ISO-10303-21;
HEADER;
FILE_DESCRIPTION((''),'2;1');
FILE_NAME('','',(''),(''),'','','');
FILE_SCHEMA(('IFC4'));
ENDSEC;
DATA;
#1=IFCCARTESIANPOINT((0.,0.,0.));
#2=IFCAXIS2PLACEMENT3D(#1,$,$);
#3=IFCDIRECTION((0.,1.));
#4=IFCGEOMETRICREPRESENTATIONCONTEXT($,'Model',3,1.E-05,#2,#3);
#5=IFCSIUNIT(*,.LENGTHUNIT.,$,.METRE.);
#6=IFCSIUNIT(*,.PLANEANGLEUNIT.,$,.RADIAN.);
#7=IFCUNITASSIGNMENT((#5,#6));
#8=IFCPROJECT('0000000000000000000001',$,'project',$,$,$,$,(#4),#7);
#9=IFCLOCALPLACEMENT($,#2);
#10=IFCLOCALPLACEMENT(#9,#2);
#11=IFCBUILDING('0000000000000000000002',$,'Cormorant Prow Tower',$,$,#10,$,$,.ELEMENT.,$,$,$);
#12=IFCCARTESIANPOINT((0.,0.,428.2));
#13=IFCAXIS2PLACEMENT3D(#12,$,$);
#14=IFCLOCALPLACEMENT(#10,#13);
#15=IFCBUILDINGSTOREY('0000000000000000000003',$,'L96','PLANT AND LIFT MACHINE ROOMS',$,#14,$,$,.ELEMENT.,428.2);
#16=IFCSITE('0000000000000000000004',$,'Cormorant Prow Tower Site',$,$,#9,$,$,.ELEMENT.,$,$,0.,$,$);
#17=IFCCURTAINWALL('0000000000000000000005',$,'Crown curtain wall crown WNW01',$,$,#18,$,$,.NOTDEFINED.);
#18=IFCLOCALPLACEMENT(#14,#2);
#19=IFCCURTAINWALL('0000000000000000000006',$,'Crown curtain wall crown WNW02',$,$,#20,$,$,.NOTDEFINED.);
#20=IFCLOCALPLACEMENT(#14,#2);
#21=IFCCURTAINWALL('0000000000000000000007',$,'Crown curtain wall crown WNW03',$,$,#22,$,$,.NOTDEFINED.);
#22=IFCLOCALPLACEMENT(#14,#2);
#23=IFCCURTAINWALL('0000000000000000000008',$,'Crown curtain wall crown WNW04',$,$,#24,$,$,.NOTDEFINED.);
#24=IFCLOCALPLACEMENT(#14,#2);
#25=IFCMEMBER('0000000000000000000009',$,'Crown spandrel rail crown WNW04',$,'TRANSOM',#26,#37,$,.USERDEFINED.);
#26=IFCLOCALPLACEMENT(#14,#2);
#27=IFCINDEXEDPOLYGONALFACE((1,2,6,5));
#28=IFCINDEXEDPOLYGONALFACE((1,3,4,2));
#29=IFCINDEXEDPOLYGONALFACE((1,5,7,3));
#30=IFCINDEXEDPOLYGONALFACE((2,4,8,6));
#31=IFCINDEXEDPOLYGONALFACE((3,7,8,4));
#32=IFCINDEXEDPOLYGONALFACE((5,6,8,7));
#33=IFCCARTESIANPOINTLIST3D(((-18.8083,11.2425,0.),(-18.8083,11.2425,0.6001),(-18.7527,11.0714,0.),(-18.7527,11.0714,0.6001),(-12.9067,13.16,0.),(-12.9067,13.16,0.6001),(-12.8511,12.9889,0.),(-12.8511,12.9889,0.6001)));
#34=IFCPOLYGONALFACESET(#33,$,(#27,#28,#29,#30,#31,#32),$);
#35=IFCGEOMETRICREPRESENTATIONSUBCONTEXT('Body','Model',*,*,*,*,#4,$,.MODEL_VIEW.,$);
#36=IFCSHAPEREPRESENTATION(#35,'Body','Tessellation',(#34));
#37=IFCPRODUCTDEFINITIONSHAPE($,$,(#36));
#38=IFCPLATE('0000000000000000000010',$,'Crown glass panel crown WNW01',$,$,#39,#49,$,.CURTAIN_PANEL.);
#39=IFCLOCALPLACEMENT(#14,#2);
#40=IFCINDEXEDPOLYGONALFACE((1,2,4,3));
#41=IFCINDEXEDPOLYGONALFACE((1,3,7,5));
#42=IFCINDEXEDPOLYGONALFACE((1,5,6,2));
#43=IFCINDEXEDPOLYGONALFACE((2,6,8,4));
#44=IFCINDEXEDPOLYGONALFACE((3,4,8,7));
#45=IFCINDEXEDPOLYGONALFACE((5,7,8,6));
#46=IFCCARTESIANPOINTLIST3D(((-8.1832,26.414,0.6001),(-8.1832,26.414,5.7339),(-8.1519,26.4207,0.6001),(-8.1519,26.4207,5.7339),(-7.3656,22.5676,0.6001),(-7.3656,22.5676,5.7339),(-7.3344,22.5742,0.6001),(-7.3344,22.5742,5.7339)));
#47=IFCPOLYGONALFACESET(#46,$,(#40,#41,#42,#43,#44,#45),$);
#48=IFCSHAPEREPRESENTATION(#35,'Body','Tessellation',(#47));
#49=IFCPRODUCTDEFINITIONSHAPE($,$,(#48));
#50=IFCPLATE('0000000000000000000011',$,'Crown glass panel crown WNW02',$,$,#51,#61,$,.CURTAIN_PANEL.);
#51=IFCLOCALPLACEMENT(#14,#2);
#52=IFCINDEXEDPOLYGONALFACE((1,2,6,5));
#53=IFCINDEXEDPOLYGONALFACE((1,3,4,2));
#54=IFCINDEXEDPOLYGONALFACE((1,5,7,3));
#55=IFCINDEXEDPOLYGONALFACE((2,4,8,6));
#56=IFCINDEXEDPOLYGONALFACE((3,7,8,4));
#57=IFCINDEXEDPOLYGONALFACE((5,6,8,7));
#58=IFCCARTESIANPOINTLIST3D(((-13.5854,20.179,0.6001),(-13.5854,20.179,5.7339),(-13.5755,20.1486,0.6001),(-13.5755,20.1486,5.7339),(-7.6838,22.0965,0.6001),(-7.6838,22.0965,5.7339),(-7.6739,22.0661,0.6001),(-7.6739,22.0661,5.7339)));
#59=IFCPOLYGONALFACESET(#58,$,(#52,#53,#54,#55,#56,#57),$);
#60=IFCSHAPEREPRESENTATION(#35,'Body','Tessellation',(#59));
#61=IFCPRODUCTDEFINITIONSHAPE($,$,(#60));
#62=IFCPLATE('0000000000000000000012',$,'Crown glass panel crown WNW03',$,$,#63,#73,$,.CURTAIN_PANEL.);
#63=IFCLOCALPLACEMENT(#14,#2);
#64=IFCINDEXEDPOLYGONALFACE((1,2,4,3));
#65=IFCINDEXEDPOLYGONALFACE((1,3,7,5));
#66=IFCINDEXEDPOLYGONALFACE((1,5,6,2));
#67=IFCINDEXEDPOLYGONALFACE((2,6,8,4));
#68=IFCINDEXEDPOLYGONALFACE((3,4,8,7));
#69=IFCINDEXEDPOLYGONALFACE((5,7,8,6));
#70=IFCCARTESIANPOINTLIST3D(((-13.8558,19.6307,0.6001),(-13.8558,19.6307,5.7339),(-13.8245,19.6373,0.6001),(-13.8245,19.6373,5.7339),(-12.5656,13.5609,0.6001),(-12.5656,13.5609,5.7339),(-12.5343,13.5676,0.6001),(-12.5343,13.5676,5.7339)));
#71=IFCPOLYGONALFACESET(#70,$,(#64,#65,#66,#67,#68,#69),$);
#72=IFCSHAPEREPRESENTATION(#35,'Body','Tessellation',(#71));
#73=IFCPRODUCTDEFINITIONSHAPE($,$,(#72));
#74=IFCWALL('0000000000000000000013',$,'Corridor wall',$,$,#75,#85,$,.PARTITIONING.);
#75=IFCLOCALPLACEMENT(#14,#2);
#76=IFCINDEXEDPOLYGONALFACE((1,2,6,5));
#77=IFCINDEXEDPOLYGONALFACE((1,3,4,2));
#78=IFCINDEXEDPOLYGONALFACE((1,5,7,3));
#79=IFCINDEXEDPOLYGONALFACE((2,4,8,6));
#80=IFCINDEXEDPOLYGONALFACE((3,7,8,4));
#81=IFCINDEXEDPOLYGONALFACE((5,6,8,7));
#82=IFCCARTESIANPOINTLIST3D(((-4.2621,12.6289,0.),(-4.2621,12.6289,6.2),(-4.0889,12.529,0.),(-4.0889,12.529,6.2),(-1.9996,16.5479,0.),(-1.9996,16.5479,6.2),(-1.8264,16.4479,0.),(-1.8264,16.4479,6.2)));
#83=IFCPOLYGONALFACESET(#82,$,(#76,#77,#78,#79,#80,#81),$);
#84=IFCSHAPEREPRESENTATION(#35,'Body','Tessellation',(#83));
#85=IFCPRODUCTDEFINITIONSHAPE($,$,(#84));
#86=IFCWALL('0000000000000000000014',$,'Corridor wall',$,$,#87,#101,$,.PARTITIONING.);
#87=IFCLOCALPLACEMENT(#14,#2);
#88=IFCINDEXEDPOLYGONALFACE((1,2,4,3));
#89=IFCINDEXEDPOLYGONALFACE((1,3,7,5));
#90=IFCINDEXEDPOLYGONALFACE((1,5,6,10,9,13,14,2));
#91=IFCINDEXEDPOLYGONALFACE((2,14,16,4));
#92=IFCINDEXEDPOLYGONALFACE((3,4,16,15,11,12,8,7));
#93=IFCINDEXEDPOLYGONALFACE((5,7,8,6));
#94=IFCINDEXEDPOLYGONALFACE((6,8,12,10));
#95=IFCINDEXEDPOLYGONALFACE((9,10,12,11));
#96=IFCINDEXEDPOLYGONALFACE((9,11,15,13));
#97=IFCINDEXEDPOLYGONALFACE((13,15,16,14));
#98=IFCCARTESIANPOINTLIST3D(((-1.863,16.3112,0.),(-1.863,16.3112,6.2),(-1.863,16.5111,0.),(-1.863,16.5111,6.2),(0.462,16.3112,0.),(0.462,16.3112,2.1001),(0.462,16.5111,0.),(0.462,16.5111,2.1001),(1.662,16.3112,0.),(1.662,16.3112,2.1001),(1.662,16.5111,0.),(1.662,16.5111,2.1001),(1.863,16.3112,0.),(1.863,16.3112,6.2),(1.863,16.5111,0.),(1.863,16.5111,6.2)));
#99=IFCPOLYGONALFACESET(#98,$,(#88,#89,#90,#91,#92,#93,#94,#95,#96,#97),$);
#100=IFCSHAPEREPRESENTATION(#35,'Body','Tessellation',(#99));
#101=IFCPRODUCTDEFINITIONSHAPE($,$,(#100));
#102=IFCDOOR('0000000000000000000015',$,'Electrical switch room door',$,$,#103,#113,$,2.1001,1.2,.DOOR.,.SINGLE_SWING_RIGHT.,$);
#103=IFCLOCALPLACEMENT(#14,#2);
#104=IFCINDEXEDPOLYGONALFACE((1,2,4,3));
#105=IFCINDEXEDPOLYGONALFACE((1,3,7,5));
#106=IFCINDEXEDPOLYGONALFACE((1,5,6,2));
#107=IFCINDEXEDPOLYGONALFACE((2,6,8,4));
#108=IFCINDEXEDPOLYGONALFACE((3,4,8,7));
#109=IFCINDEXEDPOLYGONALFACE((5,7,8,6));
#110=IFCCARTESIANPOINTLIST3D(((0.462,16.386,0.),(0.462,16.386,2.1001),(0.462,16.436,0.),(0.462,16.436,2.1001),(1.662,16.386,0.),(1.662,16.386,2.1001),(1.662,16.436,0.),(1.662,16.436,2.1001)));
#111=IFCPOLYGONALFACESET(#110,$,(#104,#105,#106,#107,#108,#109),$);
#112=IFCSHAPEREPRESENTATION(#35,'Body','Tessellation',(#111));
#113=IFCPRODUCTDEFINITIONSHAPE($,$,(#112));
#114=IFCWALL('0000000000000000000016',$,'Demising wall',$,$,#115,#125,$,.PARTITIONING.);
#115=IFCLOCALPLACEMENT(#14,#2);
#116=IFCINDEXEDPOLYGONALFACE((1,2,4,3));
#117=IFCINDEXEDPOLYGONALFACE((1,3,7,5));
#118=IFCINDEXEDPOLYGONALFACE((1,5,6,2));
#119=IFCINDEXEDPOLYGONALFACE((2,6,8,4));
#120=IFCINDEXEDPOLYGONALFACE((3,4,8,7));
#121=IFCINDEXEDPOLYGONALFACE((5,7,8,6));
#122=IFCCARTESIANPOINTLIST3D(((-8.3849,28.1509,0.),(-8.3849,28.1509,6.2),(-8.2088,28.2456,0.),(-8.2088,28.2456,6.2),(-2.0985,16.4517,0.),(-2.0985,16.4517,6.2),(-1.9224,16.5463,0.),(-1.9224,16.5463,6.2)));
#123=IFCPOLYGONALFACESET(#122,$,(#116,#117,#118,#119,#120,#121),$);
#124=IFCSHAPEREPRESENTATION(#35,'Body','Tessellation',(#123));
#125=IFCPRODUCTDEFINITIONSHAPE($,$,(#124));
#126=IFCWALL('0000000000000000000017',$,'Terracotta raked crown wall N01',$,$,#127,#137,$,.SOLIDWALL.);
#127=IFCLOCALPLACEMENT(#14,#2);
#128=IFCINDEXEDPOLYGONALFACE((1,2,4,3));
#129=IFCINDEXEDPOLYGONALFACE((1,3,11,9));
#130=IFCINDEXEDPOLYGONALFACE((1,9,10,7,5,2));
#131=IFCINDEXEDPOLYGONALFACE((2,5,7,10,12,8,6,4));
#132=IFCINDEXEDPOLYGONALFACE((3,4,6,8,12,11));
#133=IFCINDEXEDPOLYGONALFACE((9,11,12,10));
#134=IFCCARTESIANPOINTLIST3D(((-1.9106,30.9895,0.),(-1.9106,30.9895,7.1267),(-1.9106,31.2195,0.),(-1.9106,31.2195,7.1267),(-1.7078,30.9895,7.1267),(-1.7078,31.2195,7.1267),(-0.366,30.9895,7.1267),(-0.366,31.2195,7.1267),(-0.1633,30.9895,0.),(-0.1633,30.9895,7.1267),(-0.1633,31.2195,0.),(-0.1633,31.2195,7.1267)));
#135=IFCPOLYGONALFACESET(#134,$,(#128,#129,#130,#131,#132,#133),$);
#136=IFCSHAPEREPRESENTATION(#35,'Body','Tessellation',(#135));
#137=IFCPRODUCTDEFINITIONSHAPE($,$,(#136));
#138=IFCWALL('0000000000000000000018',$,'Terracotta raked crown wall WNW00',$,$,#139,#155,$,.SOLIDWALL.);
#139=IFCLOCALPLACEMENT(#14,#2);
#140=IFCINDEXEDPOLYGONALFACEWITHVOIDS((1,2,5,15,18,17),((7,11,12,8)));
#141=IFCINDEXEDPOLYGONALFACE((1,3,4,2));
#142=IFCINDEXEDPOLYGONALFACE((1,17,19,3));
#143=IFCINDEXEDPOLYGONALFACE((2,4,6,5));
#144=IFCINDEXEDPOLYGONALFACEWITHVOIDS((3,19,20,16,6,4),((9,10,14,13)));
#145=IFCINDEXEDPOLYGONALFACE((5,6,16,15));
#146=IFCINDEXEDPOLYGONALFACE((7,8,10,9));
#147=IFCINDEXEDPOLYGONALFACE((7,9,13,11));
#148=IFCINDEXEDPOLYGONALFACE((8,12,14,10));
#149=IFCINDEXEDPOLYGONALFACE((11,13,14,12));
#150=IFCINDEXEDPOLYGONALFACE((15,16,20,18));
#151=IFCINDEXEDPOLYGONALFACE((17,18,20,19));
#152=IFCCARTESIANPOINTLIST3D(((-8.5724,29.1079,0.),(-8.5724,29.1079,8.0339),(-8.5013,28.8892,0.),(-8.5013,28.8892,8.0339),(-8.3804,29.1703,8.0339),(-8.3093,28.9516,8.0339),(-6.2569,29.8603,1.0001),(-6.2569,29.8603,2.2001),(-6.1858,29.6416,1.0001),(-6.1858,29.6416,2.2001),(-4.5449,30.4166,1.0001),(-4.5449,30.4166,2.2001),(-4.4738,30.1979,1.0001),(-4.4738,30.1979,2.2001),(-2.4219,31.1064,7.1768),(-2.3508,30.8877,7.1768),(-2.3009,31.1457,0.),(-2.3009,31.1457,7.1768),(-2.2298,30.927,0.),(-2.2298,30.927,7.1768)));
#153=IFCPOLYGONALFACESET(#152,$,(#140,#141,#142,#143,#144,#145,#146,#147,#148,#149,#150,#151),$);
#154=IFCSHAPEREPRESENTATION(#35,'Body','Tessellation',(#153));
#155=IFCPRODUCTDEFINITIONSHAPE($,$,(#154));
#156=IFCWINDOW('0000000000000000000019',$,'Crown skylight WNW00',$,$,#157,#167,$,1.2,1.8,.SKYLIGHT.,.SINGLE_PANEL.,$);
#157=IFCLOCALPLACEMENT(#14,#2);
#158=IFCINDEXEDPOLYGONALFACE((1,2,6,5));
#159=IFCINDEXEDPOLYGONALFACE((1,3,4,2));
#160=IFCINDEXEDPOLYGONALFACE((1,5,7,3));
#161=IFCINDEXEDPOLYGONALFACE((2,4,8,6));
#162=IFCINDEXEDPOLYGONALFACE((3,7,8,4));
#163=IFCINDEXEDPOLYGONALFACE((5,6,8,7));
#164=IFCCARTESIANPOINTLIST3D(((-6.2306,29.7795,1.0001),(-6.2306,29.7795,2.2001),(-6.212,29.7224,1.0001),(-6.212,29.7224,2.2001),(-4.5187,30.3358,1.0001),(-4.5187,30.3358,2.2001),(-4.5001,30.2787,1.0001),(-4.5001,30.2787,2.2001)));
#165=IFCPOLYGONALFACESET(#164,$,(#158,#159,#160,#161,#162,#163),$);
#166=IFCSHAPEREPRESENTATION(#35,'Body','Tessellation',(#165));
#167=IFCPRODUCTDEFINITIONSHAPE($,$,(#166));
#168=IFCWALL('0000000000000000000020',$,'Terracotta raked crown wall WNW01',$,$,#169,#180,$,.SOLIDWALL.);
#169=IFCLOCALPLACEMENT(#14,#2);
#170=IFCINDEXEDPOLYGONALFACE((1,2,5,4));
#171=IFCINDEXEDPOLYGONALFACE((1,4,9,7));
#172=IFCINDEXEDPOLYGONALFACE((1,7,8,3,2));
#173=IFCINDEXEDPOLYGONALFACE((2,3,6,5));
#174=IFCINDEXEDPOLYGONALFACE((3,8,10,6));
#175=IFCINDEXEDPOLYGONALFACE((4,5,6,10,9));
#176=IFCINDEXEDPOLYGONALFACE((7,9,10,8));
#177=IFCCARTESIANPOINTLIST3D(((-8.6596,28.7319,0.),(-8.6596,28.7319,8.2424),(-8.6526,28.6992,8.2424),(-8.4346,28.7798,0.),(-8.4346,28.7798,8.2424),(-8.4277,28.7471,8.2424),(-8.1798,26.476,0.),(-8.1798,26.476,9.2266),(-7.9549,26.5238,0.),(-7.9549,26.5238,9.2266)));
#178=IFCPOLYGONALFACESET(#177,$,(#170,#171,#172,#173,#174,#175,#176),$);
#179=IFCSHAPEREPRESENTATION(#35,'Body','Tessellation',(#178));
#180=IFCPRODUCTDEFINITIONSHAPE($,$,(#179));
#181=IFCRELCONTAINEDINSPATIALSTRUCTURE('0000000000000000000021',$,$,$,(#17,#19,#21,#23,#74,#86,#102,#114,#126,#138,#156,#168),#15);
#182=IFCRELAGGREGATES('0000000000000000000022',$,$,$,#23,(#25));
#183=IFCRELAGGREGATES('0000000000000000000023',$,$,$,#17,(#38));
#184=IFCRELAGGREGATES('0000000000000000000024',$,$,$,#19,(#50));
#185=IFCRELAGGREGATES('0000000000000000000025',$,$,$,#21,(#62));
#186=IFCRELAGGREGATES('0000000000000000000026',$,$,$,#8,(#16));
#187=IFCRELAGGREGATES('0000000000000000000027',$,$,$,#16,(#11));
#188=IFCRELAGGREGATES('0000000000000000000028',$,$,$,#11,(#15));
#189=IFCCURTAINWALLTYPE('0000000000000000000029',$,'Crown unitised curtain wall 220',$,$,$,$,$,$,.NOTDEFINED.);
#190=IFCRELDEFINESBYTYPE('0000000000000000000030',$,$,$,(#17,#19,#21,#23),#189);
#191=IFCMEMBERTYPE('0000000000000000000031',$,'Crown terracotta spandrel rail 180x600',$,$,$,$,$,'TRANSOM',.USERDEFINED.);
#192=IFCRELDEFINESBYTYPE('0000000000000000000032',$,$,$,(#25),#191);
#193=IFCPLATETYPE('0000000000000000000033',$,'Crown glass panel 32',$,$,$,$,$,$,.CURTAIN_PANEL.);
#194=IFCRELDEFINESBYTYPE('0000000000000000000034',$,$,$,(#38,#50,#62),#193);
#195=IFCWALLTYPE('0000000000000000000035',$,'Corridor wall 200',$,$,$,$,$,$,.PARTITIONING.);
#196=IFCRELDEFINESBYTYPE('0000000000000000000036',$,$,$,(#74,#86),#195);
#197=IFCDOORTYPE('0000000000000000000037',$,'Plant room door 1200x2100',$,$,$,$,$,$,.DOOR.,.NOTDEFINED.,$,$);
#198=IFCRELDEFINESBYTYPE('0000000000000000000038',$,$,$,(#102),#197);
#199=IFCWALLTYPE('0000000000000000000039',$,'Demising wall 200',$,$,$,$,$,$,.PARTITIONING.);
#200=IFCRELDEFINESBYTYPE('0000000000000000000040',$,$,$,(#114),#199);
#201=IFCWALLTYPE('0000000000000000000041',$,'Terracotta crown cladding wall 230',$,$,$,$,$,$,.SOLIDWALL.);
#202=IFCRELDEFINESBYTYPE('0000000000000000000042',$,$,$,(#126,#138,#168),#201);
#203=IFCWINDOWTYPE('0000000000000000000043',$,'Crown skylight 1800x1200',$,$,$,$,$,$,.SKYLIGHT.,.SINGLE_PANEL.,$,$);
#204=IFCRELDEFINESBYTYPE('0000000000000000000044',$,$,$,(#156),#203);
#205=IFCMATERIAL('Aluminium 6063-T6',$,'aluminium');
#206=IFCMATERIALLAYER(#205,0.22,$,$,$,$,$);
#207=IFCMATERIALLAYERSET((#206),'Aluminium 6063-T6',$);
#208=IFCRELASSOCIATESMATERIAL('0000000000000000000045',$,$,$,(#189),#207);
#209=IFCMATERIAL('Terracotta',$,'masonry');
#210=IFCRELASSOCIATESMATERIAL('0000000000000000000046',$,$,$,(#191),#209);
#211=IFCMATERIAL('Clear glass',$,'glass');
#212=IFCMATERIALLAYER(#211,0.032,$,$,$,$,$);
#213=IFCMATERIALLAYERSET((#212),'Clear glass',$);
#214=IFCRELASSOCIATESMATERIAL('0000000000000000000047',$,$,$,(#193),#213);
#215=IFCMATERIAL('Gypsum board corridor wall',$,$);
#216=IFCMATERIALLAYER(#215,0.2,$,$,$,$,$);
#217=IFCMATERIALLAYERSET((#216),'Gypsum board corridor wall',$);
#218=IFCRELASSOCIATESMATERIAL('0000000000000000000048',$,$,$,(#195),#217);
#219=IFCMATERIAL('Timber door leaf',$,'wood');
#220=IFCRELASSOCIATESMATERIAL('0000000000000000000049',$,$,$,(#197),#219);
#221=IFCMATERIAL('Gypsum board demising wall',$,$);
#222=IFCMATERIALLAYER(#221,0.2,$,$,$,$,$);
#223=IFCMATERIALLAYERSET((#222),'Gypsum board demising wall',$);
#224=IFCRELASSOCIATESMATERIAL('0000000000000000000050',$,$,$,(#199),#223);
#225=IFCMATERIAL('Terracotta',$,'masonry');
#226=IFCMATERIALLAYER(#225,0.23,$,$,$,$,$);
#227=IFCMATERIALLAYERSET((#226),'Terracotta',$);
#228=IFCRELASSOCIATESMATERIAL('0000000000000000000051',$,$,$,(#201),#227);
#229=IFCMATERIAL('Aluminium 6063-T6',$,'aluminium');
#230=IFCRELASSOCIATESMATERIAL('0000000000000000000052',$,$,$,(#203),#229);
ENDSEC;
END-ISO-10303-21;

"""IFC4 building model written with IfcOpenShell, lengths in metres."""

from ifc_helpers import new_model, si_unit, direction, frame, frame_2d, origin, origin_2d, place, context, subcontext, project, spatial, polyline, rectangle, outline, extrude, material, layer, layer_set, material_profile, profile_set, type_object, element, fill, aggregate, save


model = new_model("IFC4")

# Units and contexts
model_context = context("Model", 3, precision=1e-05, world=origin(), true_north=direction((0.0, 1.0)))
body_context = subcontext(model_context, "Body", "Model", "MODEL_VIEW")
ifc_project = project(units=[si_unit("LENGTHUNIT", "METRE"), si_unit("PLANEANGLEUNIT", "RADIAN")], contexts=[model_context])

# Site, building, storey
site_placement = place(None, origin())
site = spatial("IfcSite", under=ifc_project, at=site_placement, Name="Cormorant Prow Tower Site", CompositionType="ELEMENT", RefElevation=0.0)
building_placement = place(site_placement, origin())
building = spatial("IfcBuilding", under=site, at=building_placement, Name="Cormorant Prow Tower", CompositionType="ELEMENT")
storey_placement = place(building_placement, frame((0.0, 0.0, 428.2)))
storey = spatial("IfcBuildingStorey", under=building, at=storey_placement, Name="L96", Description="PLANT AND LIFT MACHINE ROOMS", CompositionType="ELEMENT", Elevation=428.2)

# Curtain walls
ifc_material_1 = material(Name="Aluminium 6063-T6", Category="aluminium")
ifc_layer_1 = layer(ifc_material_1, 0.22)
ifc_layer_set_1 = layer_set([ifc_layer_1], Name="Aluminium 6063-T6")
curtain_wall_type = type_object("IfcCurtainWallType", Name="Crown unitised curtain wall 220", PredefinedType="NOTDEFINED", material=ifc_layer_set_1)
curtain_wall_1_placement = place(storey_placement, origin())
curtain_wall_1 = element("IfcCurtainWall", 1, at=curtain_wall_1_placement, inside=storey, type_object=curtain_wall_type, Name="Crown curtain wall crown WNW01", PredefinedType="NOTDEFINED")
curtain_wall_2_placement = place(storey_placement, origin())
curtain_wall_2 = element("IfcCurtainWall", 2, at=curtain_wall_2_placement, inside=storey, type_object=curtain_wall_type, Name="Crown curtain wall crown WNW02", PredefinedType="NOTDEFINED")
curtain_wall_3_placement = place(storey_placement, origin())
curtain_wall_3 = element("IfcCurtainWall", 3, at=curtain_wall_3_placement, inside=storey, type_object=curtain_wall_type, Name="Crown curtain wall crown WNW03", PredefinedType="NOTDEFINED")
curtain_wall_4_placement = place(storey_placement, origin())
curtain_wall_4 = element("IfcCurtainWall", 4, at=curtain_wall_4_placement, inside=storey, type_object=curtain_wall_type, Name="Crown curtain wall crown WNW04", PredefinedType="NOTDEFINED")

# Member
ifc_material_2 = material(Name="Terracotta", Category="masonry")
ifc_material_profile_1 = material_profile(ifc_material_2, rectangle(XDim=0.1799, YDim=0.6001, at=origin_2d()), Name="Crown terracotta spandrel rail 180x600")
ifc_profile_set_1 = profile_set([ifc_material_profile_1], Name="Terracotta")
member_type_1 = type_object("IfcMemberType", Name="Crown terracotta spandrel rail 180x600", ElementType="TRANSOM", PredefinedType="USERDEFINED", material=ifc_profile_set_1)
member_1_placement = place(storey_placement, frame((-12.8789, 13.0745, 0.3), z_axis=(-0.95106, -0.309007, 0.0), x_axis=(0.309007, -0.95106, 0.0)))
member_1 = element("IfcMember", 5, at=member_1_placement, type_object=member_type_1, Name="Crown spandrel rail crown WNW04", ObjectType="TRANSOM", PredefinedType="USERDEFINED", context=body_context, shape_type="SweptSolid", body=[
    extrude(rectangle(XDim=0.1799, YDim=0.6001, at=origin_2d()), origin(), (0.0, 0.0, 1.0), 6.2053),
])
aggregate(curtain_wall_4, [member_1])

# Plates
ifc_material_3 = material(Name="Clear glass", Category="glass")
ifc_layer_2 = layer(ifc_material_3, 0.032)
ifc_layer_set_2 = layer_set([ifc_layer_2], Name="Clear glass")
plate_type = type_object("IfcPlateType", Name="Crown glass panel 32", PredefinedType="CURTAIN_PANEL", material=ifc_layer_set_2)
plate_1_placement = place(storey_placement, frame((-7.7588, 24.4941, 0.6001), z_axis=(0.0, 0.0, 1.0), x_axis=(0.207912, -0.978148, 0.0)))
plate_1 = element("IfcPlate", 6, at=plate_1_placement, type_object=plate_type, Name="Crown glass panel crown WNW01", PredefinedType="CURTAIN_PANEL", context=body_context, shape_type="SweptSolid", body=[
    extrude(rectangle(XDim=3.9324, YDim=0.032, at=origin_2d()), origin(), (0.0, 0.0, 1.0), 5.1338),
])
aggregate(curtain_wall_1, [plate_1])
plate_2_placement = place(storey_placement, frame((-10.6296, 21.1226, 0.6001), z_axis=(0.0, 0.0, 1.0), x_axis=(-0.951057, -0.309017, 0.0)))
plate_2 = element("IfcPlate", 7, at=plate_2_placement, type_object=plate_type, Name="Crown glass panel crown WNW02", PredefinedType="CURTAIN_PANEL", context=body_context, shape_type="SweptSolid", body=[
    extrude(rectangle(XDim=6.2053, YDim=0.032, at=origin_2d()), origin(), (0.0, 0.0, 1.0), 5.1338),
])
aggregate(curtain_wall_2, [plate_2])
plate_3_placement = place(storey_placement, frame((-13.1951, 16.5991, 0.6001), z_axis=(0.0, 0.0, 1.0), x_axis=(0.207912, -0.978148, 0.0)))
plate_3 = element("IfcPlate", 8, at=plate_3_placement, type_object=plate_type, Name="Crown glass panel crown WNW03", PredefinedType="CURTAIN_PANEL", context=body_context, shape_type="SweptSolid", body=[
    extrude(rectangle(XDim=6.2053, YDim=0.032, at=origin_2d()), origin(), (0.0, 0.0, 1.0), 5.1338),
])
aggregate(curtain_wall_3, [plate_3])

# Wall
ifc_material_4 = material(Name="Gypsum board corridor wall")
ifc_layer_3 = layer(ifc_material_4, 0.2)
ifc_layer_set_3 = layer_set([ifc_layer_3], Name="Gypsum board corridor wall")
wall_type_1 = type_object("IfcWallType", Name="Corridor wall 200", PredefinedType="PARTITIONING", material=ifc_layer_set_3)
wall_1_placement = place(storey_placement, frame((-4.1755, 12.5789, 0.0), z_axis=(0.0, 0.0, 1.0), x_axis=(0.499975, 0.86604, 0.0)))
element("IfcWall", 9, at=wall_1_placement, inside=storey, type_object=wall_type_1, Name="Corridor wall", PredefinedType="PARTITIONING", context=body_context, shape_type="SweptSolid", body=[
    extrude(rectangle(XDim=4.5251, YDim=0.2, at=frame_2d((2.2627, 0.0))), origin(), (0.0, 0.0, 1.0), 6.2),
])

# Wall, opening, door
wall_2_placement = place(storey_placement, frame((-1.863, 16.4111, 0.0), z_axis=(0.0, 0.0, 1.0), x_axis=(1.0, 0.0, 0.0)))
wall_2 = element("IfcWall", 10, at=wall_2_placement, inside=storey, type_object=wall_type_1, Name="Corridor wall", PredefinedType="PARTITIONING", context=body_context, shape_type="SweptSolid", body=[
    extrude(rectangle(XDim=3.7261, YDim=0.2, at=frame_2d((1.863, 0.0))), origin(), (0.0, 0.0, 1.0), 6.2),
])
opening_1_placement = place(wall_2_placement, frame((2.325, 0.0, 0.0)))
opening_1 = element("IfcOpeningElement", 11, at=opening_1_placement, cuts=wall_2, PredefinedType="OPENING", context=body_context, shape_type="SweptSolid", body=[
    extrude(rectangle(XDim=1.2, YDim=2.1001, at=frame_2d((0.6001, 1.05))), frame((0.0, 0.1099, 0.0), z_axis=(0.0, -1.0, 0.0), x_axis=(1.0, 0.0, 0.0)), (0.0, 0.0, 1.0), 0.22),
])
ifc_material_5 = material(Name="Timber door leaf", Category="wood")
door_type = type_object("IfcDoorType", Name="Plant room door 1200x2100", OperationType="NOTDEFINED", PredefinedType="DOOR", material=ifc_material_5)
door_placement = place(opening_1_placement, origin())
door = element("IfcDoor", 12, at=door_placement, inside=storey, type_object=door_type, Name="Electrical switch room door", OperationType="SINGLE_SWING_RIGHT", OverallHeight=2.1001, OverallWidth=1.2, PredefinedType="DOOR", context=body_context, shape_type="SweptSolid", body=[
    extrude(rectangle(XDim=1.2, YDim=2.1001, at=frame_2d((0.6001, 1.05))), frame((0.0, 0.0249, 0.0), z_axis=(0.0, -1.0, 0.0), x_axis=(1.0, 0.0, 0.0)), (0.0, 0.0, 1.0), 0.05),
])
fill(opening_1, door)

# Walls
ifc_material_6 = material(Name="Gypsum board demising wall")
ifc_layer_4 = layer(ifc_material_6, 0.2)
ifc_layer_set_4 = layer_set([ifc_layer_4], Name="Gypsum board demising wall")
wall_type_2 = type_object("IfcWallType", Name="Demising wall 200", PredefinedType="PARTITIONING", material=ifc_layer_set_4)
wall_3_placement = place(storey_placement, frame((-8.2969, 28.1982, 0.0), z_axis=(0.0, 0.0, 1.0), x_axis=(0.473329, -0.880886, 0.0)))
element("IfcWall", 13, at=wall_3_placement, inside=storey, type_object=wall_type_2, Name="Demising wall", PredefinedType="PARTITIONING", context=body_context, shape_type="SweptSolid", body=[
    extrude(rectangle(XDim=13.2812, YDim=0.2, at=frame_2d((6.6406, 0.0))), origin(), (0.0, 0.0, 1.0), 6.2),
])
ifc_material_7 = material(Name="Terracotta", Category="masonry")
ifc_layer_5 = layer(ifc_material_7, 0.23)
ifc_layer_set_5 = layer_set([ifc_layer_5], Name="Terracotta")
wall_type_3 = type_object("IfcWallType", Name="Terracotta crown cladding wall 230", PredefinedType="SOLIDWALL", material=ifc_layer_set_5)
wall_4_placement = place(storey_placement, frame((-0.1633, 31.1045, 0.0), z_axis=(0.0, 0.0, 1.0), x_axis=(-1.0, 0.0, 0.0)))
element("IfcWall", 14, at=wall_4_placement, inside=storey, type_object=wall_type_3, Name="Terracotta raked crown wall N01", PredefinedType="SOLIDWALL", context=body_context, shape_type="SweptSolid", body=[
    extrude(outline(polyline([(0.0, 0.0), (1.7473, 0.0), (1.7473, 7.1267), (1.5444, 7.1267), (0.2026, 7.1267), (0.0, 7.1267), (0.0, 0.0)])), frame((0.0, 0.115, 0.0), z_axis=(0.0, -1.0, 0.0), x_axis=(1.0, 0.0, 0.0)), (0.0, 0.0, 1.0), 0.23),
])

# Wall, opening, window
wall_5_placement = place(storey_placement, frame((-2.2654, 31.0364, 0.0), z_axis=(0.0, 0.0, 1.0), x_axis=(-0.951051, -0.309032, 0.0)))
wall_5 = element("IfcWall", 15, at=wall_5_placement, inside=storey, type_object=wall_type_3, Name="Terracotta raked crown wall WNW00", PredefinedType="SOLIDWALL", context=body_context, shape_type="SweptSolid", body=[
    extrude(outline(polyline([(0.0, 0.0), (6.5942, 0.0), (6.5942, 8.0339), (6.3923, 8.0339), (0.1272, 7.1768), (0.0, 7.1768), (0.0, 0.0)])), frame((0.0, 0.115, 0.0), z_axis=(0.0, -1.0, 0.0), x_axis=(1.0, 0.0, 0.0)), (0.0, 0.0, 1.0), 0.23),
])
opening_2_placement = place(wall_5_placement, frame((2.3596, 0.0, 1.0)))
opening_2 = element("IfcOpeningElement", 16, at=opening_2_placement, cuts=wall_5, PredefinedType="OPENING", context=body_context, shape_type="SweptSolid", body=[
    extrude(rectangle(XDim=1.8, YDim=1.2, at=frame_2d((0.8999, 0.6001))), frame((0.0, 0.125, 0.0), z_axis=(0.0, -1.0, 0.0), x_axis=(1.0, 0.0, 0.0)), (0.0, 0.0, 1.0), 0.25),
])
ifc_material_8 = material(Name="Aluminium 6063-T6", Category="aluminium")
window_type = type_object("IfcWindowType", Name="Crown skylight 1800x1200", PartitioningType="SINGLE_PANEL", PredefinedType="SKYLIGHT", material=ifc_material_8)
window_placement = place(opening_2_placement, origin())
window = element("IfcWindow", 17, at=window_placement, inside=storey, type_object=window_type, Name="Crown skylight WNW00", OverallHeight=1.2, OverallWidth=1.8, PartitioningType="SINGLE_PANEL", PredefinedType="SKYLIGHT", context=body_context, shape_type="SweptSolid", body=[
    extrude(rectangle(XDim=1.8, YDim=1.2, at=frame_2d((0.8999, 0.6001))), frame((0.0, 0.03, 0.0), z_axis=(0.0, -1.0, 0.0), x_axis=(1.0, 0.0, 0.0)), (0.0, 0.0, 1.0), 0.0601),
])
fill(opening_2, window)

# Wall
wall_6_placement = place(storey_placement, frame((-8.5471, 28.7559, 0.0), z_axis=(0.0, 0.0, 1.0), x_axis=(0.208011, -0.978127, 0.0)))
element("IfcWall", 18, at=wall_6_placement, inside=storey, type_object=wall_type_3, Name="Terracotta raked crown wall WNW01", PredefinedType="SOLIDWALL", context=body_context, shape_type="SweptSolid", body=[
    extrude(outline(polyline([(0.0, 0.0), (2.3064, 0.0), (2.3064, 9.2266), (0.0334, 8.2424), (0.0, 8.2424), (0.0, 0.0)])), frame((0.0, 0.115, 0.0), z_axis=(0.0, -1.0, 0.0), x_axis=(1.0, 0.0, 0.0)), (0.0, 0.0, 1.0), 0.23),
])

save(model, "model.ifc")
